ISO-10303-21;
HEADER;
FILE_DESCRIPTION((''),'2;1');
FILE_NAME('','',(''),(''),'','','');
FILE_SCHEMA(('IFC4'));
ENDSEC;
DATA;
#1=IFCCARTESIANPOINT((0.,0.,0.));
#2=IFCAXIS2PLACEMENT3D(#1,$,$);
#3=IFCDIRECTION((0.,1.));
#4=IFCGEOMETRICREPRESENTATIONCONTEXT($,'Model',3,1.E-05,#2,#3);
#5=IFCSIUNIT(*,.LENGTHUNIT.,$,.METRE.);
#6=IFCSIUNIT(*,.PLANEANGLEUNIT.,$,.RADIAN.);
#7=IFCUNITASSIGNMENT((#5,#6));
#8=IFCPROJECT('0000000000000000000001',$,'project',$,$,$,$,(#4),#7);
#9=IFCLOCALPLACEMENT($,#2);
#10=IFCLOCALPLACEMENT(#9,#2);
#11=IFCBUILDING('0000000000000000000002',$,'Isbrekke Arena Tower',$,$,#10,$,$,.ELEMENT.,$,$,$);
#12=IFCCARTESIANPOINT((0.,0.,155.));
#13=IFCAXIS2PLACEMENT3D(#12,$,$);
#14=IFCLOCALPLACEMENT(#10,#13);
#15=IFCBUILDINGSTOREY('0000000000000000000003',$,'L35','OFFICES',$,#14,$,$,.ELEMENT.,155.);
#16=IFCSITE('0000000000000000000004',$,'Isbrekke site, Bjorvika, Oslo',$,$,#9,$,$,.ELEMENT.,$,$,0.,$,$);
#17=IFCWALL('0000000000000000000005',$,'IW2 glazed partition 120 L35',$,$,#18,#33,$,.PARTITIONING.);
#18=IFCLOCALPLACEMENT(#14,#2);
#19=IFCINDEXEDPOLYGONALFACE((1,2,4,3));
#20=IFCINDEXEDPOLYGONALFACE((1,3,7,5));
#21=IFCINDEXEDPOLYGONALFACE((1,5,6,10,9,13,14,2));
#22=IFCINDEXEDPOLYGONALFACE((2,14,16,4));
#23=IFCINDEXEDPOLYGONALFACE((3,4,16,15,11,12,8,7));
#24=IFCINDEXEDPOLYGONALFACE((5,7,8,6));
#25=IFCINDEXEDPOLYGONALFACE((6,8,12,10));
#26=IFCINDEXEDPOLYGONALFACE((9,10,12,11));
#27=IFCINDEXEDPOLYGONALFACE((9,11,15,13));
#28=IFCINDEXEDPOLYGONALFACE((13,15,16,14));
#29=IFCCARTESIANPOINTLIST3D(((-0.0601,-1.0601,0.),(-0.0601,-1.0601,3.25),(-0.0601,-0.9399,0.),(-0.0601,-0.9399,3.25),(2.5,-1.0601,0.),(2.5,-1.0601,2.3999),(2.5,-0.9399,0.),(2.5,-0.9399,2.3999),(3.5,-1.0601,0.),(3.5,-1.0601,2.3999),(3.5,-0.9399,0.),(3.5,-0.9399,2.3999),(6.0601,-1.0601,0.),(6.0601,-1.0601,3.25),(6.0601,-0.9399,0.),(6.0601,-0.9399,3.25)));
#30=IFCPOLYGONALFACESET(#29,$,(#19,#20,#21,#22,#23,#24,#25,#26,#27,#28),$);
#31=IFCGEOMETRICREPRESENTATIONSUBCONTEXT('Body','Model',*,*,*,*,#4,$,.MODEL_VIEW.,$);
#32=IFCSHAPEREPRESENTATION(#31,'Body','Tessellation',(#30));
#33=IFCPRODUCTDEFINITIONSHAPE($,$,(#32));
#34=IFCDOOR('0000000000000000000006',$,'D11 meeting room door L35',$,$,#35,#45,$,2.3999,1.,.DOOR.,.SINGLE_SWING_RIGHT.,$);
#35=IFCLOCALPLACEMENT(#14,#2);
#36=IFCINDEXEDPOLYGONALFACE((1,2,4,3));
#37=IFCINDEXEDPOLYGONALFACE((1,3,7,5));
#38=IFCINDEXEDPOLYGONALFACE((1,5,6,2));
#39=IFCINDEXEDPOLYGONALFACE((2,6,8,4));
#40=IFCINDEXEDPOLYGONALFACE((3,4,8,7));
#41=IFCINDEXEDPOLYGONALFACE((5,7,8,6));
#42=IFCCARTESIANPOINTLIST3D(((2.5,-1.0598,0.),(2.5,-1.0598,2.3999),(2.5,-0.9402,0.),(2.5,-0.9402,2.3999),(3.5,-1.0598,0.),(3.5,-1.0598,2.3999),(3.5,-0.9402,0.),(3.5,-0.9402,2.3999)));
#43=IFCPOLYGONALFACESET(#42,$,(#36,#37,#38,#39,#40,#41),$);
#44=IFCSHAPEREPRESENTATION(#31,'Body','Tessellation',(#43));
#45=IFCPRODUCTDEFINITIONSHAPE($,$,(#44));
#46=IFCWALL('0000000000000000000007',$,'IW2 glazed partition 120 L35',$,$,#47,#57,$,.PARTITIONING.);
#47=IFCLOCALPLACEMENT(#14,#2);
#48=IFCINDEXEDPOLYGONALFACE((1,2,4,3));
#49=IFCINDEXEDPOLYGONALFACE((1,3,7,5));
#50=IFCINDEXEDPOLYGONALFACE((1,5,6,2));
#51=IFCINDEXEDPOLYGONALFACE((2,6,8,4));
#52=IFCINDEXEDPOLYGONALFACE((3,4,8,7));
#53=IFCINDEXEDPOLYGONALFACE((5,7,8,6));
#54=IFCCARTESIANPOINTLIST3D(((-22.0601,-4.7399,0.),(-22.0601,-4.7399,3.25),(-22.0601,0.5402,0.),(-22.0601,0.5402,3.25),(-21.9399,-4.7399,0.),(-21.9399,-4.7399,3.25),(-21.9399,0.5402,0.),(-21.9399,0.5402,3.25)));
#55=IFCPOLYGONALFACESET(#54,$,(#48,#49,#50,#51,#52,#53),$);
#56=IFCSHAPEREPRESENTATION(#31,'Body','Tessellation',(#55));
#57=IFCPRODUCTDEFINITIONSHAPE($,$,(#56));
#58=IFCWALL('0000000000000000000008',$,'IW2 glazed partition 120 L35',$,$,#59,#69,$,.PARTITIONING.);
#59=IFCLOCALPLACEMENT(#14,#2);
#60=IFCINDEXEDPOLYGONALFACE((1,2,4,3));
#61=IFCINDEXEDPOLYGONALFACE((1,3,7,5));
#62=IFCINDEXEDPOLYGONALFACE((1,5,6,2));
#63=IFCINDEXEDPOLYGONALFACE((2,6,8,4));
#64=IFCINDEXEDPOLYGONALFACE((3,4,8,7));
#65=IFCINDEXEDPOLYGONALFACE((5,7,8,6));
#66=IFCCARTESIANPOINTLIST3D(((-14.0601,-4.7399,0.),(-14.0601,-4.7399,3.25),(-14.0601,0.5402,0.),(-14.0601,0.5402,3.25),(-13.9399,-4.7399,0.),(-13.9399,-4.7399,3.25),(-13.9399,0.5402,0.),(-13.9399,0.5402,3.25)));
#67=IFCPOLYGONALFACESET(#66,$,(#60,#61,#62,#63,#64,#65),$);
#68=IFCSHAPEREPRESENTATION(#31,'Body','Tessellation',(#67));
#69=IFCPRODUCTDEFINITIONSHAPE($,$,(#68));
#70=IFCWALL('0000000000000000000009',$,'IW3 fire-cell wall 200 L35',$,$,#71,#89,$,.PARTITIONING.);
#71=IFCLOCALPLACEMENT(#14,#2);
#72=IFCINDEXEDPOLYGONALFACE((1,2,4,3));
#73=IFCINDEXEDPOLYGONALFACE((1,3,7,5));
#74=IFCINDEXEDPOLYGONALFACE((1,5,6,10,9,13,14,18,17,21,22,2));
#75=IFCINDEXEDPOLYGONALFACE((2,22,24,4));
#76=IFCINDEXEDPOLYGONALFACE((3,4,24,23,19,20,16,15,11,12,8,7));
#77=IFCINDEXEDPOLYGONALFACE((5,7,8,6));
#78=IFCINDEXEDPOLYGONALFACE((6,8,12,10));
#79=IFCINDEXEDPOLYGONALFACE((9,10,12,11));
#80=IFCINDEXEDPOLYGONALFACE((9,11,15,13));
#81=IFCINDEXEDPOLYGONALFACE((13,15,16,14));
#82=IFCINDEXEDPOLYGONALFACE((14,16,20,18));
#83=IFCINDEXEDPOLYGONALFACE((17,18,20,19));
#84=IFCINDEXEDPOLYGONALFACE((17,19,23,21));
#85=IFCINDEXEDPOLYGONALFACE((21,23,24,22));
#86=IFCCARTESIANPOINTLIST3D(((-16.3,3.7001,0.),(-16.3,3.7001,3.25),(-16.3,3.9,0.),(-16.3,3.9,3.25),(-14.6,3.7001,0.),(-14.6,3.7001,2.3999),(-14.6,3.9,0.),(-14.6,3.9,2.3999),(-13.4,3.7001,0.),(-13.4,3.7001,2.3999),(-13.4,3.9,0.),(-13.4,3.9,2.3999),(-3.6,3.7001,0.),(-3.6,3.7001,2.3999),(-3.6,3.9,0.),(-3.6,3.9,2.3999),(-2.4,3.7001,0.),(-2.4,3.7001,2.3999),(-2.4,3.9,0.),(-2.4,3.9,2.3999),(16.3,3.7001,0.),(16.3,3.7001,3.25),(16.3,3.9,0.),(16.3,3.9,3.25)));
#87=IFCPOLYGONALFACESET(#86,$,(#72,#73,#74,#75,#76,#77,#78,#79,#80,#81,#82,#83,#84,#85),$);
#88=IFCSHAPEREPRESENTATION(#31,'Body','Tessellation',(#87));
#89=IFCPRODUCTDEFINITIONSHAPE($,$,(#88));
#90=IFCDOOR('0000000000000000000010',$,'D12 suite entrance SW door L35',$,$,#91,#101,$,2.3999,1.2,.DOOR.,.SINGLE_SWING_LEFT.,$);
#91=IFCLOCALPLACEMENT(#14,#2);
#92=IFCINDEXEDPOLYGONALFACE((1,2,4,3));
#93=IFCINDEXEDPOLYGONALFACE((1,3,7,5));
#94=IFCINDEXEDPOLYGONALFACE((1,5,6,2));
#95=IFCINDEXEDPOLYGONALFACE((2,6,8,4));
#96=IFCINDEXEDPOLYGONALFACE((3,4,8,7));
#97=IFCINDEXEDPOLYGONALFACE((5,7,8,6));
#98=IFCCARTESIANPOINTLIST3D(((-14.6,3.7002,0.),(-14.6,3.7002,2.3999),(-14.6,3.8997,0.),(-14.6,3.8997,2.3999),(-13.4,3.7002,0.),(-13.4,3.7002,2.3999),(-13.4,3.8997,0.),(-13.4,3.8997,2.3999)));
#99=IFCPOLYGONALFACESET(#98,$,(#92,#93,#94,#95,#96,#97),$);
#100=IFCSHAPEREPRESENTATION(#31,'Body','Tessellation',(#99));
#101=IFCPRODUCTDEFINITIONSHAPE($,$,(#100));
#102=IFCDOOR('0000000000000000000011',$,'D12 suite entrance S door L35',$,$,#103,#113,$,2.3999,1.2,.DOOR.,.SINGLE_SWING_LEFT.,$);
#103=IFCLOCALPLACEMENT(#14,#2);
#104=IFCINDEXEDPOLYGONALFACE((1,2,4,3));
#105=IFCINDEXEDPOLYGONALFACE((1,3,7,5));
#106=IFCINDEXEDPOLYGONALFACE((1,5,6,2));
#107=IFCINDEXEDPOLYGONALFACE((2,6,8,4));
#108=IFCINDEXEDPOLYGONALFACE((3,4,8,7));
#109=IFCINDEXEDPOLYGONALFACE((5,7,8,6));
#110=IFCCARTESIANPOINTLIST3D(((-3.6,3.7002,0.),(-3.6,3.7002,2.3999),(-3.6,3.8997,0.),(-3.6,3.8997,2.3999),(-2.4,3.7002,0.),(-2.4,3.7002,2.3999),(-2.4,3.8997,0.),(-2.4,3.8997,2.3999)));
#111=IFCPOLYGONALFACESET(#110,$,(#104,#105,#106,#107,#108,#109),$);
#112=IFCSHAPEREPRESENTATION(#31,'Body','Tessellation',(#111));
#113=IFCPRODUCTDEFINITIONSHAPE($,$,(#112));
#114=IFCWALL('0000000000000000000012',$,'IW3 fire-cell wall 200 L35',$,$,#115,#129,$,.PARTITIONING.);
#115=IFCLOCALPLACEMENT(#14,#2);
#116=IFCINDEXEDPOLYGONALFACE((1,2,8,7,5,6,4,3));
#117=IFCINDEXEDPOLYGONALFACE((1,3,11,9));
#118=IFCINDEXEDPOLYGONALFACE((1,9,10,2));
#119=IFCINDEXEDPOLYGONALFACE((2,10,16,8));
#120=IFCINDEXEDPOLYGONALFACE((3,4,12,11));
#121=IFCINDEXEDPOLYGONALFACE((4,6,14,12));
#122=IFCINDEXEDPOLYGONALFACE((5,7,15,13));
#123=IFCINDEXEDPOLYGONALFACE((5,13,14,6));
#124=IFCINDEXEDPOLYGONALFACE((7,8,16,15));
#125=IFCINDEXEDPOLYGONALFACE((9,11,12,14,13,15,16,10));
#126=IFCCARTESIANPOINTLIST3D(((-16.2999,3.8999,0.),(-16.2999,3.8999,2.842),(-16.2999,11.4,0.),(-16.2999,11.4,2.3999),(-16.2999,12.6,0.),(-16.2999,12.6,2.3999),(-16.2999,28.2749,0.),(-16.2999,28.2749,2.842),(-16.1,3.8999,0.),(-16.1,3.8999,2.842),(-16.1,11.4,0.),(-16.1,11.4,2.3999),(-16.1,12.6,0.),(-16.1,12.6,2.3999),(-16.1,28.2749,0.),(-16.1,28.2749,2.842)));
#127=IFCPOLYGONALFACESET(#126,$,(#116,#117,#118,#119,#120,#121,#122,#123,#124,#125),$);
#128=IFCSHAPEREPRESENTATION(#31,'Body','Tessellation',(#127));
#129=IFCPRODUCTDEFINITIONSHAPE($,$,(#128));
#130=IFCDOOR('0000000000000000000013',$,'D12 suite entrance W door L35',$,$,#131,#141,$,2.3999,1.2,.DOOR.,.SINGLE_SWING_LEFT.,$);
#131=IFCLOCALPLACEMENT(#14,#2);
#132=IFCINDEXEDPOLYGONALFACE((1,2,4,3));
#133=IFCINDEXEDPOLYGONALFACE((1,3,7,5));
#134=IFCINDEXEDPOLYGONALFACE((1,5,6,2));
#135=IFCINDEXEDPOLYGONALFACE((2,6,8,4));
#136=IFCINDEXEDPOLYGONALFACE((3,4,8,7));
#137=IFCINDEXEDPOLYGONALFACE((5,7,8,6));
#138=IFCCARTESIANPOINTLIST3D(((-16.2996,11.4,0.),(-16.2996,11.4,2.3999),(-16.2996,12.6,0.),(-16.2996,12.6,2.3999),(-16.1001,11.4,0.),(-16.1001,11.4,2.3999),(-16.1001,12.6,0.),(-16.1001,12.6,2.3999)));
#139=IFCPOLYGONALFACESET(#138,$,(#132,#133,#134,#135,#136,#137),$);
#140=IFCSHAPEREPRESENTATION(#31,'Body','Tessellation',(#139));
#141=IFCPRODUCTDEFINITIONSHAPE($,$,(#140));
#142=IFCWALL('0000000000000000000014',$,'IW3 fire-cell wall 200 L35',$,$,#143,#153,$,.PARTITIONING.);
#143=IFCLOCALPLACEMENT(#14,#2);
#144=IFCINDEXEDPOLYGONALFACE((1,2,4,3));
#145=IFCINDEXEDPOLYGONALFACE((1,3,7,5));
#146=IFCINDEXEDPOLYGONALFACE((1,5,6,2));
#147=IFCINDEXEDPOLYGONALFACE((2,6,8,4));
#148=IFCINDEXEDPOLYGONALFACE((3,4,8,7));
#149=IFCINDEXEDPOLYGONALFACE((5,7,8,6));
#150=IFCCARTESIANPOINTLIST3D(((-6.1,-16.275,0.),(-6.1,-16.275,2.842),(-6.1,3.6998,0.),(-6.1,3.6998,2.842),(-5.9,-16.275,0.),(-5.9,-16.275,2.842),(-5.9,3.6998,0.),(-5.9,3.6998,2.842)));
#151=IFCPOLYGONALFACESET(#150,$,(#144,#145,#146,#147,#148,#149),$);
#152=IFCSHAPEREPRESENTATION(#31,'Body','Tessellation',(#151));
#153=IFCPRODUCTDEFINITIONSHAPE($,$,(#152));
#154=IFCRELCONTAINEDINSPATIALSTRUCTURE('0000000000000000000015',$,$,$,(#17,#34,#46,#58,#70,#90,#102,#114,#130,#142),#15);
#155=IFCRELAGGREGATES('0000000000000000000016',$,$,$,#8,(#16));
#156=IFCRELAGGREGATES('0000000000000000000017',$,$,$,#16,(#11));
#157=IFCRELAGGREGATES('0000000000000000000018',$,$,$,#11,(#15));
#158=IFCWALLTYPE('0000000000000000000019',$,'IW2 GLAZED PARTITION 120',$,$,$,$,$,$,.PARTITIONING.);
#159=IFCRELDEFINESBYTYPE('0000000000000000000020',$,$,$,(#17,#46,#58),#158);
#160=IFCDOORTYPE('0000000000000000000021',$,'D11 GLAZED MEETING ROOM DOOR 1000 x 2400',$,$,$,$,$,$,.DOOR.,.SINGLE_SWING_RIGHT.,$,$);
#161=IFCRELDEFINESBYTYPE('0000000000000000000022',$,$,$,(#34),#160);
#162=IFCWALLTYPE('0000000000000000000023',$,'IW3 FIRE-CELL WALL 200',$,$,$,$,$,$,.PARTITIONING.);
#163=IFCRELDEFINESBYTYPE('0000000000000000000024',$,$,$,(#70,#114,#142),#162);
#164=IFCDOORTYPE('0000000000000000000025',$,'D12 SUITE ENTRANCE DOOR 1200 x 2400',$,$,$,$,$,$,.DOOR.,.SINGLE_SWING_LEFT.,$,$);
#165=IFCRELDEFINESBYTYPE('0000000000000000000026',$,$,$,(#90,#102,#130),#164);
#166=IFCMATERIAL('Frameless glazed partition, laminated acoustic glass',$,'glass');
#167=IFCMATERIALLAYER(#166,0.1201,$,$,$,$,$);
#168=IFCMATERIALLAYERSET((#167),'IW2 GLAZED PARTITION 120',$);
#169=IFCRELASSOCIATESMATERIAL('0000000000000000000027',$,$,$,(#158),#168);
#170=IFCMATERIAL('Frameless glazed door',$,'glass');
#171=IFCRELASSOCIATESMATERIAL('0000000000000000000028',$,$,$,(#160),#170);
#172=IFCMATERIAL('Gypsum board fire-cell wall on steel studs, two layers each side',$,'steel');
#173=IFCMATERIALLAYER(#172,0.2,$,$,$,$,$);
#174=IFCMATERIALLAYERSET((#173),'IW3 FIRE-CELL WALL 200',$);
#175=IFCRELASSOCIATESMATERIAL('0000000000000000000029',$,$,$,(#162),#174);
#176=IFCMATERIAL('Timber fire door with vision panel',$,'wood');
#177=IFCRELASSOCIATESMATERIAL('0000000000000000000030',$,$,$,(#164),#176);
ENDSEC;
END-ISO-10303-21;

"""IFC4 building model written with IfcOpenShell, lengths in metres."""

from ifc_helpers import new_model, si_unit, direction, frame, frame_2d, origin, place, context, subcontext, project, spatial, rectangle, extrude, material, layer, layer_set, type_object, element, fill, save


model = new_model("IFC4")

# Units and contexts
model_context = context("Model", 3, precision=1e-05, world=origin(), true_north=direction((0.0, 1.0)))
body_context = subcontext(model_context, "Body", "Model", "MODEL_VIEW")
ifc_project = project(units=[si_unit("LENGTHUNIT", "METRE"), si_unit("PLANEANGLEUNIT", "RADIAN")], contexts=[model_context])

# Site, building, storey
site_placement = place(None, origin())
site = spatial("IfcSite", under=ifc_project, at=site_placement, Name="Isbrekke site, Bjorvika, Oslo", CompositionType="ELEMENT", RefElevation=0.0)
building_placement = place(site_placement, origin())
building = spatial("IfcBuilding", under=site, at=building_placement, Name="Isbrekke Arena Tower", CompositionType="ELEMENT")
storey_placement = place(building_placement, frame((0.0, 0.0, 155.0)))
storey = spatial("IfcBuildingStorey", under=building, at=storey_placement, Name="L35", Description="OFFICES", CompositionType="ELEMENT", Elevation=155.0)

# Wall, opening, door
ifc_material_1 = material(Name="Frameless glazed partition, laminated acoustic glass", Category="glass")
ifc_layer_1 = layer(ifc_material_1, 0.1201)
ifc_layer_set_1 = layer_set([ifc_layer_1], Name="IW2 GLAZED PARTITION 120")
wall_type_1 = type_object("IfcWallType", Name="IW2 GLAZED PARTITION 120", PredefinedType="PARTITIONING", material=ifc_layer_set_1)
wall_1_placement = place(storey_placement, frame((-0.0601, -1.0, 0.0), z_axis=(0.0, 0.0, 1.0), x_axis=(1.0, 0.0, 0.0)))
wall_1 = element("IfcWall", 1, at=wall_1_placement, inside=storey, type_object=wall_type_1, Name="IW2 glazed partition 120 L35", PredefinedType="PARTITIONING", context=body_context, shape_type="SweptSolid", body=[
    extrude(rectangle(XDim=6.1201, YDim=0.1201, at=frame_2d((3.0601, 0.0))), origin(), (0.0, 0.0, 1.0), 3.25),
])
opening_1_placement = place(wall_1_placement, frame((2.5601, 0.0, 0.0)))
opening_1 = element("IfcOpeningElement", 2, at=opening_1_placement, cuts=wall_1, PredefinedType="OPENING", context=body_context, shape_type="SweptSolid", body=[
    extrude(rectangle(XDim=1.0, YDim=2.3999, at=frame_2d((0.5, 1.2))), frame((0.0, 0.075, 0.0), z_axis=(0.0, -1.0, 0.0), x_axis=(1.0, 0.0, 0.0)), (0.0, 0.0, 1.0), 0.1499),
])
ifc_material_2 = material(Name="Frameless glazed door", Category="glass")
door_type_1 = type_object("IfcDoorType", Name="D11 GLAZED MEETING ROOM DOOR 1000 x 2400", OperationType="SINGLE_SWING_RIGHT", PredefinedType="DOOR", material=ifc_material_2)
door_1_placement = place(opening_1_placement, origin())
door_1 = element("IfcDoor", 3, at=door_1_placement, inside=storey, type_object=door_type_1, Name="D11 meeting room door L35", OperationType="SINGLE_SWING_RIGHT", OverallHeight=2.3999, OverallWidth=1.0, PredefinedType="DOOR", context=body_context, shape_type="SweptSolid", body=[
    extrude(rectangle(XDim=1.0, YDim=2.3999, at=frame_2d((0.5, 1.2))), frame((0.0, 0.0598, 0.0), z_axis=(0.0, -1.0, 0.0), x_axis=(1.0, 0.0, 0.0)), (0.0, 0.0, 1.0), 0.1196),
])
fill(opening_1, door_1)

# Walls
for number, where, z_axis, x_axis, name in (
    (4, (-22.0, -4.74, 0.0), (0.0, 0.0, 1.0), (0.0, 1.0, 0.0), "IW2 glazed partition 120 L35"),
    (5, (-14.0, -4.74, 0.0), (0.0, 0.0, 1.0), (0.0, 1.0, 0.0), "IW2 glazed partition 120 L35"),
):
    element("IfcWall", number, at=place(storey_placement, frame(where, z_axis=z_axis, x_axis=x_axis)), inside=storey, type_object=wall_type_1, Name=name, PredefinedType="PARTITIONING", context=body_context, shape_type="SweptSolid", body=[
        extrude(rectangle(XDim=5.28, YDim=0.1201, at=frame_2d((2.6401, 0.0))), origin(), (0.0, 0.0, 1.0), 3.25),
    ])

# Wall, openings, doors
ifc_material_3 = material(Name="Gypsum board fire-cell wall on steel studs, two layers each side", Category="steel")
ifc_layer_2 = layer(ifc_material_3, 0.2)
ifc_layer_set_2 = layer_set([ifc_layer_2], Name="IW3 FIRE-CELL WALL 200")
wall_type_2 = type_object("IfcWallType", Name="IW3 FIRE-CELL WALL 200", PredefinedType="PARTITIONING", material=ifc_layer_set_2)
wall_2_placement = place(storey_placement, frame((-16.3, 3.8, 0.0), z_axis=(0.0, 0.0, 1.0), x_axis=(1.0, 0.0, 0.0)))
wall_2 = element("IfcWall", 6, at=wall_2_placement, inside=storey, type_object=wall_type_2, Name="IW3 fire-cell wall 200 L35", PredefinedType="PARTITIONING", context=body_context, shape_type="SweptSolid", body=[
    extrude(rectangle(XDim=32.6001, YDim=0.2, at=frame_2d((16.3, 0.0))), origin(), (0.0, 0.0, 1.0), 3.25),
])
opening_2_placement = place(wall_2_placement, frame((1.7, 0.0, 0.0)))
opening_2 = element("IfcOpeningElement", 7, at=opening_2_placement, cuts=wall_2, PredefinedType="OPENING", context=body_context, shape_type="SweptSolid", body=[
    extrude(rectangle(XDim=1.2, YDim=2.3999, at=frame_2d((0.6001, 1.2))), frame((0.0, 0.1147, 0.0), z_axis=(0.0, -1.0, 0.0), x_axis=(1.0, 0.0, 0.0)), (0.0, 0.0, 1.0), 0.2297),
])
opening_3_placement = place(wall_2_placement, frame((12.7, 0.0, 0.0)))
opening_3 = element("IfcOpeningElement", 8, at=opening_3_placement, cuts=wall_2, PredefinedType="OPENING", context=body_context, shape_type="SweptSolid", body=[
    extrude(rectangle(XDim=1.2, YDim=2.3999, at=frame_2d((0.6001, 1.2))), frame((0.0, 0.1147, 0.0), z_axis=(0.0, -1.0, 0.0), x_axis=(1.0, 0.0, 0.0)), (0.0, 0.0, 1.0), 0.2297),
])
ifc_material_4 = material(Name="Timber fire door with vision panel", Category="wood")
door_type_2 = type_object("IfcDoorType", Name="D12 SUITE ENTRANCE DOOR 1200 x 2400", OperationType="SINGLE_SWING_LEFT", PredefinedType="DOOR", material=ifc_material_4)
door_2_placement = place(opening_2_placement, origin())
door_2 = element("IfcDoor", 9, at=door_2_placement, inside=storey, type_object=door_type_2, Name="D12 suite entrance SW door L35", OperationType="SINGLE_SWING_LEFT", OverallHeight=2.3999, OverallWidth=1.2, PredefinedType="DOOR", context=body_context, shape_type="SweptSolid", body=[
    extrude(rectangle(XDim=1.2, YDim=2.3999, at=frame_2d((0.6001, 1.2))), frame((0.0, 0.0996, 0.0), z_axis=(0.0, -1.0, 0.0), x_axis=(1.0, 0.0, 0.0)), (0.0, 0.0, 1.0), 0.1995),
])
fill(opening_2, door_2)
door_3_placement = place(opening_3_placement, origin())
door_3 = element("IfcDoor", 10, at=door_3_placement, inside=storey, type_object=door_type_2, Name="D12 suite entrance S door L35", OperationType="SINGLE_SWING_LEFT", OverallHeight=2.3999, OverallWidth=1.2, PredefinedType="DOOR", context=body_context, shape_type="SweptSolid", body=[
    extrude(rectangle(XDim=1.2, YDim=2.3999, at=frame_2d((0.6001, 1.2))), frame((0.0, 0.0996, 0.0), z_axis=(0.0, -1.0, 0.0), x_axis=(1.0, 0.0, 0.0)), (0.0, 0.0, 1.0), 0.1995),
])
fill(opening_3, door_3)

# Wall, opening, door
wall_3_placement = place(storey_placement, frame((-16.2, 3.8999, 0.0), z_axis=(0.0, 0.0, 1.0), x_axis=(0.0, 1.0, 0.0)))
wall_3 = element("IfcWall", 11, at=wall_3_placement, inside=storey, type_object=wall_type_2, Name="IW3 fire-cell wall 200 L35", PredefinedType="PARTITIONING", context=body_context, shape_type="SweptSolid", body=[
    extrude(rectangle(XDim=24.375, YDim=0.2, at=frame_2d((12.1875, 0.0))), origin(), (0.0, 0.0, 1.0), 2.842),
])
opening_4_placement = place(wall_3_placement, frame((7.5, 0.0, 0.0)))
opening_4 = element("IfcOpeningElement", 12, at=opening_4_placement, cuts=wall_3, PredefinedType="OPENING", context=body_context, shape_type="SweptSolid", body=[
    extrude(rectangle(XDim=1.2, YDim=2.3999, at=frame_2d((0.6001, 1.2))), frame((0.0, 0.1147, 0.0), z_axis=(0.0, -1.0, 0.0), x_axis=(1.0, 0.0, 0.0)), (0.0, 0.0, 1.0), 0.2297),
])
door_4_placement = place(opening_4_placement, origin())
door_4 = element("IfcDoor", 13, at=door_4_placement, inside=storey, type_object=door_type_2, Name="D12 suite entrance W door L35", OperationType="SINGLE_SWING_LEFT", OverallHeight=2.3999, OverallWidth=1.2, PredefinedType="DOOR", context=body_context, shape_type="SweptSolid", body=[
    extrude(rectangle(XDim=1.2, YDim=2.3999, at=frame_2d((0.6001, 1.2))), frame((0.0, 0.0996, 0.0), z_axis=(0.0, -1.0, 0.0), x_axis=(1.0, 0.0, 0.0)), (0.0, 0.0, 1.0), 0.1995),
])
fill(opening_4, door_4)

# Wall
wall_4_placement = place(storey_placement, frame((-6.0, -16.2749, 0.0), z_axis=(0.0, 0.0, 1.0), x_axis=(0.0, 1.0, 0.0)))
element("IfcWall", 14, at=wall_4_placement, inside=storey, type_object=wall_type_2, Name="IW3 fire-cell wall 200 L35", PredefinedType="PARTITIONING", context=body_context, shape_type="SweptSolid", body=[
    extrude(rectangle(XDim=19.9749, YDim=0.2, at=frame_2d((9.9873, 0.0))), origin(), (0.0, 0.0, 1.0), 2.842),
])

save(model, "model.ifc")
